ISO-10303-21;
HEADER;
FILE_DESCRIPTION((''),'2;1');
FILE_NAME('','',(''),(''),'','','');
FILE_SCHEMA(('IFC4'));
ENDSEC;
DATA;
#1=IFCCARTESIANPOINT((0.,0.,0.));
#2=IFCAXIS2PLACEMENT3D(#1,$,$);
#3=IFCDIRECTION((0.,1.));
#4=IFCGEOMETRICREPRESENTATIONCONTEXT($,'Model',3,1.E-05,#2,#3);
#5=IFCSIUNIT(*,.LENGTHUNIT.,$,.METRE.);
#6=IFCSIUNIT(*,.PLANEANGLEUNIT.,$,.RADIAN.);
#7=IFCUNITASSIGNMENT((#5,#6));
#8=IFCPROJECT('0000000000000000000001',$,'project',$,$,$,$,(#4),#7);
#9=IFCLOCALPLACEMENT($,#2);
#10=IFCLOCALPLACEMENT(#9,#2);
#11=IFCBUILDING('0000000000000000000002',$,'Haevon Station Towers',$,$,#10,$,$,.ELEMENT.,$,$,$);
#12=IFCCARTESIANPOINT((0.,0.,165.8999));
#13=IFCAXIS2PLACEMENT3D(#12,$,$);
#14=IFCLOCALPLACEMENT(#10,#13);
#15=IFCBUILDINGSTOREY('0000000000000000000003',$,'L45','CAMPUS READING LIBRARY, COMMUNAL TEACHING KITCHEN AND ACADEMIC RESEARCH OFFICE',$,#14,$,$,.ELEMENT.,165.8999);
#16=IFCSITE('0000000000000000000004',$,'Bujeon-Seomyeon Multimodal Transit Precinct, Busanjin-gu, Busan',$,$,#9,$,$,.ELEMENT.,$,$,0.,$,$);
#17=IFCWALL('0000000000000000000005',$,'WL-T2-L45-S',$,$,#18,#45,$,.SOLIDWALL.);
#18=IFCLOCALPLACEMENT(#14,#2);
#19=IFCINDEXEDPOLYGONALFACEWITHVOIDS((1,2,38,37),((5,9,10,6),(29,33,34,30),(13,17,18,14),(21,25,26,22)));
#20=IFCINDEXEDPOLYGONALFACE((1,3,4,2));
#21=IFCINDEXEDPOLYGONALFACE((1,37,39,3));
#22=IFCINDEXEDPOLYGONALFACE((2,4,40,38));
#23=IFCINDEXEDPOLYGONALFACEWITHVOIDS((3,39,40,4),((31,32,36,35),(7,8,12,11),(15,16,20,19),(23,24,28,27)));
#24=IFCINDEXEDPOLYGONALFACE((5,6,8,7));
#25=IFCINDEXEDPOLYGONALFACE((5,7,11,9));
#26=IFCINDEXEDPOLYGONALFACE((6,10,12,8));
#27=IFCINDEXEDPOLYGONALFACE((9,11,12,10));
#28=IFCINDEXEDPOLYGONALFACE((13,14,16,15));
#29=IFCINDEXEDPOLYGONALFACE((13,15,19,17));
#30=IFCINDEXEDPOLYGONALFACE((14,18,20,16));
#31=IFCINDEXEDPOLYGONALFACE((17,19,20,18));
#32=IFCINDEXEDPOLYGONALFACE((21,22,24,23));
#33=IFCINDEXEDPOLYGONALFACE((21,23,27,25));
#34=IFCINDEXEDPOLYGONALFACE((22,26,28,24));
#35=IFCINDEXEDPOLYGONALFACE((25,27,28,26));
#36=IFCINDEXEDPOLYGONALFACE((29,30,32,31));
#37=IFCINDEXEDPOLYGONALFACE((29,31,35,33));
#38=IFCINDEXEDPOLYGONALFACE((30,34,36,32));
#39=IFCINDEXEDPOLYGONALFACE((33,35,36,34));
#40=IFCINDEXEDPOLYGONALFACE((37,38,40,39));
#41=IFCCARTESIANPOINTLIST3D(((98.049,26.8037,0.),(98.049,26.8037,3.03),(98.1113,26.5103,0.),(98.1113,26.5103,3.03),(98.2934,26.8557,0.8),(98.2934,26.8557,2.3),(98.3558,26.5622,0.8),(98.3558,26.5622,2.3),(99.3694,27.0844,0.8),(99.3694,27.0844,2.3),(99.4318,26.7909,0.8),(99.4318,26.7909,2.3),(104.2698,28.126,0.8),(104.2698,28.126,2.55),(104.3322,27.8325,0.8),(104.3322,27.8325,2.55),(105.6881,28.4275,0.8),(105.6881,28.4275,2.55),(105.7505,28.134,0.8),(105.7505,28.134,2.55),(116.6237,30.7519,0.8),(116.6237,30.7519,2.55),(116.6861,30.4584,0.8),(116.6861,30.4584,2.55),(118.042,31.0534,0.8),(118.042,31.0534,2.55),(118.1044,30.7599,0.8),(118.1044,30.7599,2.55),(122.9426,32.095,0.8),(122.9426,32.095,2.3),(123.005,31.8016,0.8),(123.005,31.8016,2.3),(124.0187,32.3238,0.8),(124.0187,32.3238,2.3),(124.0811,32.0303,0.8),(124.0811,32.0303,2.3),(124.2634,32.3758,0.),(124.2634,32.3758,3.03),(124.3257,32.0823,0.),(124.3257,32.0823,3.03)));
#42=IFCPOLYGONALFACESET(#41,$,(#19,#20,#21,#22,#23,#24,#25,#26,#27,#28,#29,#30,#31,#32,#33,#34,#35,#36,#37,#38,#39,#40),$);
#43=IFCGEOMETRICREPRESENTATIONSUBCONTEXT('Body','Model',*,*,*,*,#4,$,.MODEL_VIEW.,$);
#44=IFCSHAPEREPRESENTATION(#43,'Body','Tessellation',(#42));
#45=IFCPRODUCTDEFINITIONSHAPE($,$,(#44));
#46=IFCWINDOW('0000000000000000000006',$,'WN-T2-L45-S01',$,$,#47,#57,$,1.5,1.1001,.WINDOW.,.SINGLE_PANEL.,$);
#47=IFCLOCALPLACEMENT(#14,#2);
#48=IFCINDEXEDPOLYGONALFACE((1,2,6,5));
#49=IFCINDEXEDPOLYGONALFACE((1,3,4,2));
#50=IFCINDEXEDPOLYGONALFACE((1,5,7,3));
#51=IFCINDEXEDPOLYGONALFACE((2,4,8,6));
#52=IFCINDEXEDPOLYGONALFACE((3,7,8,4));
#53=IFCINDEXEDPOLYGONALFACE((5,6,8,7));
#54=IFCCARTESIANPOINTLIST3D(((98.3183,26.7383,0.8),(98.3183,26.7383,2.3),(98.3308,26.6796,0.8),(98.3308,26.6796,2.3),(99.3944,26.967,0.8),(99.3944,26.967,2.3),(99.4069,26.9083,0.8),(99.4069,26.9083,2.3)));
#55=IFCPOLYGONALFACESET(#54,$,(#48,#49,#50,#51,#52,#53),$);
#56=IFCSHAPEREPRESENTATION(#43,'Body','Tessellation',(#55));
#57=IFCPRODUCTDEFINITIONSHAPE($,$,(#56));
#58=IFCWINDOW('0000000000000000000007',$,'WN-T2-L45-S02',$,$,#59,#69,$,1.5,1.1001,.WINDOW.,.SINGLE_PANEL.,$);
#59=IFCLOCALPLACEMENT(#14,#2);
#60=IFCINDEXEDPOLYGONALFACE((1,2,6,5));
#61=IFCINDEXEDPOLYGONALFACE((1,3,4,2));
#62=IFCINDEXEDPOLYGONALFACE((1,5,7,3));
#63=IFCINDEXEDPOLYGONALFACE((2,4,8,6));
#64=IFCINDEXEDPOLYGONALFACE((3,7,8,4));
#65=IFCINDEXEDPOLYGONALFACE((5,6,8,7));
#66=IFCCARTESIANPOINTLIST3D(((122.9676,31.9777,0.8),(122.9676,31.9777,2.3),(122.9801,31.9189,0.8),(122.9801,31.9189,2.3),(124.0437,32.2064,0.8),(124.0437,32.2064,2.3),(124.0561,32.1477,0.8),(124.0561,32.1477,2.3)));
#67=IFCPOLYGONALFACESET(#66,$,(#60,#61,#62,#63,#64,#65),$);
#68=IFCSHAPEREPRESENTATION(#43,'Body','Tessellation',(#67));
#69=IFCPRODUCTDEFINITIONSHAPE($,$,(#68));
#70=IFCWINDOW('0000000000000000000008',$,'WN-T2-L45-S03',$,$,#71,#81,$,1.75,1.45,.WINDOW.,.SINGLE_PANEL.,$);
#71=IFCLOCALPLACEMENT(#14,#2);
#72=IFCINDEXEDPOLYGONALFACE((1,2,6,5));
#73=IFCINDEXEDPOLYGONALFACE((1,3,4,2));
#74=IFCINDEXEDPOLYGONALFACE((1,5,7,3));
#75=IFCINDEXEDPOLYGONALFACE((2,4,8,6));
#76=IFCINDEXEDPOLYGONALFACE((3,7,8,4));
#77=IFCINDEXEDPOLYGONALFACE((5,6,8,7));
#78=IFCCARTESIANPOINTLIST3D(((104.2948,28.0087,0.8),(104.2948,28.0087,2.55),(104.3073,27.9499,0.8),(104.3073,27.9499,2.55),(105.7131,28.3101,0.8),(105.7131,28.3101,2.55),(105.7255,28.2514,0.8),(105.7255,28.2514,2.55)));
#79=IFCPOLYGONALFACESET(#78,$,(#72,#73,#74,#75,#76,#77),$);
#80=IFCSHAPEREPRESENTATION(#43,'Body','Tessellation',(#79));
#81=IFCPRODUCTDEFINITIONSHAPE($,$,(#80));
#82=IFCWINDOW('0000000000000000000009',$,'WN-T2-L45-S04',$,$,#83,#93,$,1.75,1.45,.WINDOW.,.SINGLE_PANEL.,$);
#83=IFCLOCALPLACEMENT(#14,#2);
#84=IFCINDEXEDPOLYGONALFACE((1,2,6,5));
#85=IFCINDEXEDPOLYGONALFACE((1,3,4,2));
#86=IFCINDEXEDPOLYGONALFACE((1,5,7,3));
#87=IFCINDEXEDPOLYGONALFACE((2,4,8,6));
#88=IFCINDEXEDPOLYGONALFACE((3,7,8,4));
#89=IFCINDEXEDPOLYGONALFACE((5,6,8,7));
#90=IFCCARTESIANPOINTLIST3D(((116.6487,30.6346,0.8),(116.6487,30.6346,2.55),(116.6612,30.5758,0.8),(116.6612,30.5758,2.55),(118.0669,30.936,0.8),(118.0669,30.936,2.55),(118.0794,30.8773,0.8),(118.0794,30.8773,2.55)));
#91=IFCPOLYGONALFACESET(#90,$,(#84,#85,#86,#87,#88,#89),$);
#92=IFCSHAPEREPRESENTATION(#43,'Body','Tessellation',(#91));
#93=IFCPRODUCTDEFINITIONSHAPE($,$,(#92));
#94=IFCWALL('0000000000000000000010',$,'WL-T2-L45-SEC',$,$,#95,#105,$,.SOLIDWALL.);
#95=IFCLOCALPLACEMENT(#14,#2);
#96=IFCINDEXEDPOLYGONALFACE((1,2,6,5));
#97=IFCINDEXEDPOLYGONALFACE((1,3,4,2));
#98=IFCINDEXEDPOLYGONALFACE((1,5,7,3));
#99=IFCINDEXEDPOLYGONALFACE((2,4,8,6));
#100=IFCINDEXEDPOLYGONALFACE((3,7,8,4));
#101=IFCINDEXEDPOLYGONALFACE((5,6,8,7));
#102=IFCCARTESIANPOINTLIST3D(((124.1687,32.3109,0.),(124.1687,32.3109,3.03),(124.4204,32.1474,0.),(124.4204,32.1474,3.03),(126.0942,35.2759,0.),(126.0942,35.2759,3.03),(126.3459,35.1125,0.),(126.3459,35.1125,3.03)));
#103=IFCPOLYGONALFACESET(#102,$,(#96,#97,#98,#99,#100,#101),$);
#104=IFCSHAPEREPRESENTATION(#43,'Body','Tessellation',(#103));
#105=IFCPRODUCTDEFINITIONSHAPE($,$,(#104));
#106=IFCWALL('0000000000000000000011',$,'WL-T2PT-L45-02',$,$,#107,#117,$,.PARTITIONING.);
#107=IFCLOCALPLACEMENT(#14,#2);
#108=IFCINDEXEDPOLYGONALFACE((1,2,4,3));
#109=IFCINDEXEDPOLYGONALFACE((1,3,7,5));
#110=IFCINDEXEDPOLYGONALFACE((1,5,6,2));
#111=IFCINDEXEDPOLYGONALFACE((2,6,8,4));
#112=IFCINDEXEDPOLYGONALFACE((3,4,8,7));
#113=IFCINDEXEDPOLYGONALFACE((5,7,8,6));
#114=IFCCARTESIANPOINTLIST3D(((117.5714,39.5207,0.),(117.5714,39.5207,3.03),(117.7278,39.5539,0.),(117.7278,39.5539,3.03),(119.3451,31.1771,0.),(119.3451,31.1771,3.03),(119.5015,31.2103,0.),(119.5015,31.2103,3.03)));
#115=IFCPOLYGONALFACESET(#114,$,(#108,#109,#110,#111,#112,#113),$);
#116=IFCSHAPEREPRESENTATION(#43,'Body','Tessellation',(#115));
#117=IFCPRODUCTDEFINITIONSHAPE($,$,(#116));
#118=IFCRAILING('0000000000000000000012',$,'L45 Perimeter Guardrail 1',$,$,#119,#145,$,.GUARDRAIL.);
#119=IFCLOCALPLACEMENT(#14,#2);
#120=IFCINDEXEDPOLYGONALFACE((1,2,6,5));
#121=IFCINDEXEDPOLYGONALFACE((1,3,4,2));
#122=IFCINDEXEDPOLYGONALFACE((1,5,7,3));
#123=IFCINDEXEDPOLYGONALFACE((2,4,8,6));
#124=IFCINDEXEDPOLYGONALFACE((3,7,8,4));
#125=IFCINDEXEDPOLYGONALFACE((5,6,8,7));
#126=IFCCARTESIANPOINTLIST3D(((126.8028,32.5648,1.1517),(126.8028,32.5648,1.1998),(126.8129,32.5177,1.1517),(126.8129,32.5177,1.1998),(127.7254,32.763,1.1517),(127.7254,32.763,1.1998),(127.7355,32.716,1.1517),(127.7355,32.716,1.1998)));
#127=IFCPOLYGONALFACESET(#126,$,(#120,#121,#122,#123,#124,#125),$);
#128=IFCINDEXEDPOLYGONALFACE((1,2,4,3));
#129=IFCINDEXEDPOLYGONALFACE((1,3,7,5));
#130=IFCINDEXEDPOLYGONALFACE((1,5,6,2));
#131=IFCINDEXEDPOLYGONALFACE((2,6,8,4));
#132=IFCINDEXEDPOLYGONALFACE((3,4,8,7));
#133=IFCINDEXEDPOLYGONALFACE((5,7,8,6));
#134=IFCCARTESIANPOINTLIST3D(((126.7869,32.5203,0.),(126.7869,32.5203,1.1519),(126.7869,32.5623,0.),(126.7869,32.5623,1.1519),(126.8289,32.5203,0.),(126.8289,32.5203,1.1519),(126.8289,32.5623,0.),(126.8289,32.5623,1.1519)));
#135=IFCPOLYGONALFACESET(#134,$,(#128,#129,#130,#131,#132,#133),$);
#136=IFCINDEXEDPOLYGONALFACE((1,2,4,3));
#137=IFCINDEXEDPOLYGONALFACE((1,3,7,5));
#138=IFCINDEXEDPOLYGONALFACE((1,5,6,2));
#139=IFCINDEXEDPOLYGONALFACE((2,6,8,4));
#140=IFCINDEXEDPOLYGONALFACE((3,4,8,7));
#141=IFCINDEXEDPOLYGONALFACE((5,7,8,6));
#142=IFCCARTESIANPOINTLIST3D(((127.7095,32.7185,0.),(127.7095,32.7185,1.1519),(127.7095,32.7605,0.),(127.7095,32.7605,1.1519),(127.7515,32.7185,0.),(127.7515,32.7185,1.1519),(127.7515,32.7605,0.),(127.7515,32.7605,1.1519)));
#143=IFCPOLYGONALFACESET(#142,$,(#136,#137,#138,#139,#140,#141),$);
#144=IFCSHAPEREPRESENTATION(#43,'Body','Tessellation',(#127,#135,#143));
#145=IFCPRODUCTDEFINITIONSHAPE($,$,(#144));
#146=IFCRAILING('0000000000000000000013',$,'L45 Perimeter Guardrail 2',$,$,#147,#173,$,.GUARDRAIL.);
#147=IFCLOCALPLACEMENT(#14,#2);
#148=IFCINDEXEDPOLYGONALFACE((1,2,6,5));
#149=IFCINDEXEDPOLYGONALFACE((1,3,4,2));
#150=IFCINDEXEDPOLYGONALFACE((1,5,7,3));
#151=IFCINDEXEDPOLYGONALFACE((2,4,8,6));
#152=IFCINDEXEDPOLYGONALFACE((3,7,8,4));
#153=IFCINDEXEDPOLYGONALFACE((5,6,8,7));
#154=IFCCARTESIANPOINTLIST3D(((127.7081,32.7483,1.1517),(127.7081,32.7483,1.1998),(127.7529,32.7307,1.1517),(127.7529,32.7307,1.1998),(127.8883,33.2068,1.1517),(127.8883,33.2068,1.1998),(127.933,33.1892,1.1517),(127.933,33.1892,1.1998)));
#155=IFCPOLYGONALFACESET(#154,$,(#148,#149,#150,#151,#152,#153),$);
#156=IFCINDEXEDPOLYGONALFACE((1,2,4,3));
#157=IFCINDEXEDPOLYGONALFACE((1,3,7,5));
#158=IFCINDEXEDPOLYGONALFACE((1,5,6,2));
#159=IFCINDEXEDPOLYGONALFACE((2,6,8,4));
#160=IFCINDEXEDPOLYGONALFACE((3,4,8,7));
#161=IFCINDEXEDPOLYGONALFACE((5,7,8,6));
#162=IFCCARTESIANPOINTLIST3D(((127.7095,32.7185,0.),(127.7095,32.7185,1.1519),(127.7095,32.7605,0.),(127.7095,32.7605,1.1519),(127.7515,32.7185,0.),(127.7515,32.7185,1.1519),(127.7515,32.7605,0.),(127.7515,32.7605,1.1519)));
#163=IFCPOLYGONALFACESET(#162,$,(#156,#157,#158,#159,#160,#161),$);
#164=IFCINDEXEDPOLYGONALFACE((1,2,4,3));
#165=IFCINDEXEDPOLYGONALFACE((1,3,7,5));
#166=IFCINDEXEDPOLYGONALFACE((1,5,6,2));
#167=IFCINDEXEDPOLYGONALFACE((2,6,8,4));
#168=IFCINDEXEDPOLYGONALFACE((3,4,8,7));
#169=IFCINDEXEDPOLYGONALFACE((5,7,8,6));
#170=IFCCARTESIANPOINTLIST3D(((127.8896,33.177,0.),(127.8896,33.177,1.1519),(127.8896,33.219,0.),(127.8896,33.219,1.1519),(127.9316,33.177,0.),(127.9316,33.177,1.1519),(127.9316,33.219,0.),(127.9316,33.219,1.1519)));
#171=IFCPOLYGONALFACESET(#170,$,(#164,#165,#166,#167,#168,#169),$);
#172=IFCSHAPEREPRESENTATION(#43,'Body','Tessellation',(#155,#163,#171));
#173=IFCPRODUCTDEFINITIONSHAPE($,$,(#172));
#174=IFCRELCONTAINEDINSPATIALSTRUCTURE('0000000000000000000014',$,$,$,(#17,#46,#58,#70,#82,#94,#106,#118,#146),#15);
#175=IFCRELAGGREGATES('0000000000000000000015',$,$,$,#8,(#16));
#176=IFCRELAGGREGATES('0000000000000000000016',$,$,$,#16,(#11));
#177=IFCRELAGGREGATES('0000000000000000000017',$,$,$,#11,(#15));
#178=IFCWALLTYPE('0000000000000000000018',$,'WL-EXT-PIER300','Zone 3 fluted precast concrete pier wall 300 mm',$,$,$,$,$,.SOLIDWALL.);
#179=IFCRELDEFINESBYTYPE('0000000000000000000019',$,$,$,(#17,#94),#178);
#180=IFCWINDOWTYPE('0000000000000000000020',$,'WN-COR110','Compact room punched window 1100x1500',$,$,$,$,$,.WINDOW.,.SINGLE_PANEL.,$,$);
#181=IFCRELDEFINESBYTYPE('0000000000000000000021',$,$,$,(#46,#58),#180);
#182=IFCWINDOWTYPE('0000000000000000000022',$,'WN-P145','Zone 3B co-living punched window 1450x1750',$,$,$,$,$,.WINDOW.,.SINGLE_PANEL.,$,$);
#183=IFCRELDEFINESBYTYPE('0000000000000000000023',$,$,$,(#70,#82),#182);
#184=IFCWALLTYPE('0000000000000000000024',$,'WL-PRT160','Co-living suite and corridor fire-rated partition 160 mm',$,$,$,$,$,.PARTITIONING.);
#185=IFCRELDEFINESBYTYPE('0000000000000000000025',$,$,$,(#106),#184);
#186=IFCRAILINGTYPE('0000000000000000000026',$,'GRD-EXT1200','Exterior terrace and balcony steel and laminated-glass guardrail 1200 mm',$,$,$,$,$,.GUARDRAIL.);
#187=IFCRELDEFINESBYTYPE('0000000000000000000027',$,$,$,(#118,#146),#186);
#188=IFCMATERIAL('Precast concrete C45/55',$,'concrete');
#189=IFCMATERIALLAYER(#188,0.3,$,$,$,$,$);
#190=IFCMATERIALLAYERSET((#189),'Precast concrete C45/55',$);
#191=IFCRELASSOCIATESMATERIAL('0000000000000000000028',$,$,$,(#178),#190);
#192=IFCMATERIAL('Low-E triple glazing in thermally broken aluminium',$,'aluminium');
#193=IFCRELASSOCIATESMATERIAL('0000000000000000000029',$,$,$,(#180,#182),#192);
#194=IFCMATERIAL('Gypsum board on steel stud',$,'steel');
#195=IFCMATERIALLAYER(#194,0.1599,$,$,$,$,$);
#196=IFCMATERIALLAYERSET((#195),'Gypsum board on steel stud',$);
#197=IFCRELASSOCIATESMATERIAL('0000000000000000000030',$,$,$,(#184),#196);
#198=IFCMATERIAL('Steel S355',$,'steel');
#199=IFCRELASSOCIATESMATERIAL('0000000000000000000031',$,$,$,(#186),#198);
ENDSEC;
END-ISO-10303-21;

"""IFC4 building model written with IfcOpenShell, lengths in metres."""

from ifc_helpers import new_model, si_unit, direction, frame, frame_2d, origin, origin_2d, place, context, subcontext, project, spatial, rectangle, extrude, material, layer, layer_set, type_object, element, fill, save


model = new_model("IFC4")

# Units and contexts
model_context = context("Model", 3, precision=1e-05, world=origin(), true_north=direction((0.0, 1.0)))
body_context = subcontext(model_context, "Body", "Model", "MODEL_VIEW")
ifc_project = project(units=[si_unit("LENGTHUNIT", "METRE"), si_unit("PLANEANGLEUNIT", "RADIAN")], contexts=[model_context])

# Site, building, storey
site_placement = place(None, origin())
site = spatial("IfcSite", under=ifc_project, at=site_placement, Name="Bujeon-Seomyeon Multimodal Transit Precinct, Busanjin-gu, Busan", CompositionType="ELEMENT", RefElevation=0.0)
building_placement = place(site_placement, origin())
building = spatial("IfcBuilding", under=site, at=building_placement, Name="Haevon Station Towers", CompositionType="ELEMENT")
storey_placement = place(building_placement, frame((0.0, 0.0, 165.8999)))
storey = spatial("IfcBuildingStorey", under=building, at=storey_placement, Name="L45", Description="CAMPUS READING LIBRARY, COMMUNAL TEACHING KITCHEN AND ACADEMIC RESEARCH OFFICE", CompositionType="ELEMENT", Elevation=165.8999)

# Shared definitions
ifc_material_1 = material(Name="Steel S355", Category="steel")

# Shared definitions
ifc_material_2 = material(Name="Gypsum board on steel stud", Category="steel")

# Wall, openings, windows
ifc_material_3 = material(Name="Precast concrete C45/55", Category="concrete")
ifc_layer_1 = layer(ifc_material_3, 0.3)
ifc_layer_set_1 = layer_set([ifc_layer_1], Name="Precast concrete C45/55")
wall_type_1 = type_object("IfcWallType", Name="WL-EXT-PIER300", Description="Zone 3 fluted precast concrete pier wall 300 mm", PredefinedType="SOLIDWALL", material=ifc_layer_set_1)
wall_1_placement = place(storey_placement, frame((124.2944, 32.229, 0.0), z_axis=(0.0, 0.0, 1.0), x_axis=(-0.978148, -0.207911, 0.0)))
wall_1 = element("IfcWall", 1, at=wall_1_placement, inside=storey, type_object=wall_type_1, Name="WL-T2-L45-S", PredefinedType="SOLIDWALL", context=body_context, shape_type="SweptSolid", body=[
    extrude(rectangle(XDim=26.8, YDim=0.3, at=frame_2d((13.3999, 0.0))), origin(), (0.0, 0.0, 1.0), 3.03),
])
opening_1_placement = place(wall_1_placement, frame((25.45, 0.0, 0.8)))
opening_1 = element("IfcOpeningElement", 2, at=opening_1_placement, cuts=wall_1, PredefinedType="OPENING", context=body_context, shape_type="SweptSolid", body=[
    extrude(rectangle(XDim=1.1001, YDim=1.5, at=frame_2d((0.55, 0.75))), frame((0.0, 0.1599, 0.0), z_axis=(0.0, -1.0, 0.0), x_axis=(1.0, 0.0, 0.0)), (0.0, 0.0, 1.0), 0.3201),
])
opening_2_placement = place(wall_1_placement, frame((0.25, 0.0, 0.8)))
opening_2 = element("IfcOpeningElement", 3, at=opening_2_placement, cuts=wall_1, PredefinedType="OPENING", context=body_context, shape_type="SweptSolid", body=[
    extrude(rectangle(XDim=1.1001, YDim=1.5, at=frame_2d((0.55, 0.75))), frame((0.0, 0.1599, 0.0), z_axis=(0.0, -1.0, 0.0), x_axis=(1.0, 0.0, 0.0)), (0.0, 0.0, 1.0), 0.3201),
])
opening_3_placement = place(wall_1_placement, frame((18.99, 0.0, 0.8)))
opening_3 = element("IfcOpeningElement", 4, at=opening_3_placement, cuts=wall_1, PredefinedType="OPENING", context=body_context, shape_type="SweptSolid", body=[
    extrude(rectangle(XDim=1.45, YDim=1.75, at=frame_2d((0.7251, 0.875))), frame((0.0, 0.1599, 0.0), z_axis=(0.0, -1.0, 0.0), x_axis=(1.0, 0.0, 0.0)), (0.0, 0.0, 1.0), 0.3201),
])
opening_4_placement = place(wall_1_placement, frame((6.3601, 0.0, 0.8)))
opening_4 = element("IfcOpeningElement", 5, at=opening_4_placement, cuts=wall_1, PredefinedType="OPENING", context=body_context, shape_type="SweptSolid", body=[
    extrude(rectangle(XDim=1.45, YDim=1.75, at=frame_2d((0.7251, 0.875))), frame((0.0, 0.1599, 0.0), z_axis=(0.0, -1.0, 0.0), x_axis=(1.0, 0.0, 0.0)), (0.0, 0.0, 1.0), 0.3201),
])
ifc_material_4 = material(Name="Low-E triple glazing in thermally broken aluminium", Category="aluminium")
window_type_1 = type_object("IfcWindowType", Name="WN-COR110", Description="Compact room punched window 1100x1500", PartitioningType="SINGLE_PANEL", PredefinedType="WINDOW", material=ifc_material_4)
window_1_placement = place(opening_1_placement, origin())
window_1 = element("IfcWindow", 6, at=window_1_placement, inside=storey, type_object=window_type_1, Name="WN-T2-L45-S01", OverallHeight=1.5, OverallWidth=1.1001, PartitioningType="SINGLE_PANEL", PredefinedType="WINDOW", context=body_context, shape_type="SweptSolid", body=[
    extrude(rectangle(XDim=1.1001, YDim=1.5, at=frame_2d((0.55, 0.75))), frame((0.0, 0.03, 0.0), z_axis=(0.0, -1.0, 0.0), x_axis=(1.0, 0.0, 0.0)), (0.0, 0.0, 1.0), 0.0601),
])
fill(opening_1, window_1)
window_2_placement = place(opening_2_placement, origin())
window_2 = element("IfcWindow", 7, at=window_2_placement, inside=storey, type_object=window_type_1, Name="WN-T2-L45-S02", OverallHeight=1.5, OverallWidth=1.1001, PartitioningType="SINGLE_PANEL", PredefinedType="WINDOW", context=body_context, shape_type="SweptSolid", body=[
    extrude(rectangle(XDim=1.1001, YDim=1.5, at=frame_2d((0.55, 0.75))), frame((0.0, 0.03, 0.0), z_axis=(0.0, -1.0, 0.0), x_axis=(1.0, 0.0, 0.0)), (0.0, 0.0, 1.0), 0.0601),
])
fill(opening_2, window_2)
window_type_2 = type_object("IfcWindowType", Name="WN-P145", Description="Zone 3B co-living punched window 1450x1750", PartitioningType="SINGLE_PANEL", PredefinedType="WINDOW", material=ifc_material_4)
window_3_placement = place(opening_3_placement, origin())
window_3 = element("IfcWindow", 8, at=window_3_placement, inside=storey, type_object=window_type_2, Name="WN-T2-L45-S03", OverallHeight=1.75, OverallWidth=1.45, PartitioningType="SINGLE_PANEL", PredefinedType="WINDOW", context=body_context, shape_type="SweptSolid", body=[
    extrude(rectangle(XDim=1.45, YDim=1.75, at=frame_2d((0.7251, 0.875))), frame((0.0, 0.03, 0.0), z_axis=(0.0, -1.0, 0.0), x_axis=(1.0, 0.0, 0.0)), (0.0, 0.0, 1.0), 0.0601),
])
fill(opening_3, window_3)
window_4_placement = place(opening_4_placement, origin())
window_4 = element("IfcWindow", 9, at=window_4_placement, inside=storey, type_object=window_type_2, Name="WN-T2-L45-S04", OverallHeight=1.75, OverallWidth=1.45, PartitioningType="SINGLE_PANEL", PredefinedType="WINDOW", context=body_context, shape_type="SweptSolid", body=[
    extrude(rectangle(XDim=1.45, YDim=1.75, at=frame_2d((0.7251, 0.875))), frame((0.0, 0.03, 0.0), z_axis=(0.0, -1.0, 0.0), x_axis=(1.0, 0.0, 0.0)), (0.0, 0.0, 1.0), 0.0601),
])
fill(opening_4, window_4)

# Walls
wall_2_placement = place(storey_placement, frame((126.22, 35.1941, 0.0), z_axis=(0.0, 0.0, 1.0), x_axis=(-0.544636, -0.838672, 0.0)))
element("IfcWall", 10, at=wall_2_placement, inside=storey, type_object=wall_type_1, Name="WL-T2-L45-SEC", PredefinedType="SOLIDWALL", context=body_context, shape_type="SweptSolid", body=[
    extrude(rectangle(XDim=3.5354, YDim=0.3, at=frame_2d((1.7676, 0.0))), origin(), (0.0, 0.0, 1.0), 3.03),
])
ifc_layer_2 = layer(ifc_material_2, 0.1599)
ifc_layer_set_2 = layer_set([ifc_layer_2], Name="Gypsum board on steel stud")
wall_type_2 = type_object("IfcWallType", Name="WL-PRT160", Description="Co-living suite and corridor fire-rated partition 160 mm", PredefinedType="PARTITIONING", material=ifc_layer_set_2)
wall_3_placement = place(storey_placement, frame((119.4233, 31.1936, 0.0), z_axis=(0.0, 0.0, 1.0), x_axis=(-0.207936, 0.978142, 0.0)))
element("IfcWall", 11, at=wall_3_placement, inside=storey, type_object=wall_type_2, Name="WL-T2PT-L45-02", PredefinedType="PARTITIONING", context=body_context, shape_type="SweptSolid", body=[
    extrude(rectangle(XDim=8.53, YDim=0.1599, at=frame_2d((4.2651, 0.0))), origin(), (0.0, 0.0, 1.0), 3.03),
])

# Railings
railing_type = type_object("IfcRailingType", Name="GRD-EXT1200", Description="Exterior terrace and balcony steel and laminated-glass guardrail 1200 mm", PredefinedType="GUARDRAIL", material=ifc_material_1)
railing_1_placement = place(storey_placement, frame((126.8079, 32.5413, 0.0)))
element("IfcRailing", 12, at=railing_1_placement, inside=storey, type_object=railing_type, Name="L45 Perimeter Guardrail 1", PredefinedType="GUARDRAIL", context=body_context, shape_type="SweptSolid", body=[
    extrude(rectangle(XDim=0.0481, YDim=0.0481, at=origin_2d()), frame((0.0, 0.0, 1.1758), z_axis=(0.977685, 0.210077, 0.0), x_axis=(-0.210077, 0.977685, 0.0)), (0.0, 0.0, 1.0), 0.9436),
    extrude(rectangle(XDim=0.042, YDim=0.042, at=origin_2d()), origin(), (0.0, 0.0, 1.0), 1.1519),
    extrude(rectangle(XDim=0.042, YDim=0.042, at=origin_2d()), frame((0.9226, 0.1982, 0.0)), (0.0, 0.0, 1.0), 1.1519),
])
railing_2_placement = place(storey_placement, frame((127.7305, 32.7395, 0.0)))
element("IfcRailing", 13, at=railing_2_placement, inside=storey, type_object=railing_type, Name="L45 Perimeter Guardrail 2", PredefinedType="GUARDRAIL", context=body_context, shape_type="SweptSolid", body=[
    extrude(rectangle(XDim=0.0481, YDim=0.0481, at=origin_2d()), frame((0.0, 0.0, 1.1758), z_axis=(0.365744, 0.930715, 0.0), x_axis=(-0.930715, 0.365744, 0.0)), (0.0, 0.0, 1.0), 0.4927),
    extrude(rectangle(XDim=0.042, YDim=0.042, at=origin_2d()), origin(), (0.0, 0.0, 1.0), 1.1519),
    extrude(rectangle(XDim=0.042, YDim=0.042, at=origin_2d()), frame((0.1802, 0.4585, 0.0)), (0.0, 0.0, 1.0), 1.1519),
])

save(model, "model.ifc")
